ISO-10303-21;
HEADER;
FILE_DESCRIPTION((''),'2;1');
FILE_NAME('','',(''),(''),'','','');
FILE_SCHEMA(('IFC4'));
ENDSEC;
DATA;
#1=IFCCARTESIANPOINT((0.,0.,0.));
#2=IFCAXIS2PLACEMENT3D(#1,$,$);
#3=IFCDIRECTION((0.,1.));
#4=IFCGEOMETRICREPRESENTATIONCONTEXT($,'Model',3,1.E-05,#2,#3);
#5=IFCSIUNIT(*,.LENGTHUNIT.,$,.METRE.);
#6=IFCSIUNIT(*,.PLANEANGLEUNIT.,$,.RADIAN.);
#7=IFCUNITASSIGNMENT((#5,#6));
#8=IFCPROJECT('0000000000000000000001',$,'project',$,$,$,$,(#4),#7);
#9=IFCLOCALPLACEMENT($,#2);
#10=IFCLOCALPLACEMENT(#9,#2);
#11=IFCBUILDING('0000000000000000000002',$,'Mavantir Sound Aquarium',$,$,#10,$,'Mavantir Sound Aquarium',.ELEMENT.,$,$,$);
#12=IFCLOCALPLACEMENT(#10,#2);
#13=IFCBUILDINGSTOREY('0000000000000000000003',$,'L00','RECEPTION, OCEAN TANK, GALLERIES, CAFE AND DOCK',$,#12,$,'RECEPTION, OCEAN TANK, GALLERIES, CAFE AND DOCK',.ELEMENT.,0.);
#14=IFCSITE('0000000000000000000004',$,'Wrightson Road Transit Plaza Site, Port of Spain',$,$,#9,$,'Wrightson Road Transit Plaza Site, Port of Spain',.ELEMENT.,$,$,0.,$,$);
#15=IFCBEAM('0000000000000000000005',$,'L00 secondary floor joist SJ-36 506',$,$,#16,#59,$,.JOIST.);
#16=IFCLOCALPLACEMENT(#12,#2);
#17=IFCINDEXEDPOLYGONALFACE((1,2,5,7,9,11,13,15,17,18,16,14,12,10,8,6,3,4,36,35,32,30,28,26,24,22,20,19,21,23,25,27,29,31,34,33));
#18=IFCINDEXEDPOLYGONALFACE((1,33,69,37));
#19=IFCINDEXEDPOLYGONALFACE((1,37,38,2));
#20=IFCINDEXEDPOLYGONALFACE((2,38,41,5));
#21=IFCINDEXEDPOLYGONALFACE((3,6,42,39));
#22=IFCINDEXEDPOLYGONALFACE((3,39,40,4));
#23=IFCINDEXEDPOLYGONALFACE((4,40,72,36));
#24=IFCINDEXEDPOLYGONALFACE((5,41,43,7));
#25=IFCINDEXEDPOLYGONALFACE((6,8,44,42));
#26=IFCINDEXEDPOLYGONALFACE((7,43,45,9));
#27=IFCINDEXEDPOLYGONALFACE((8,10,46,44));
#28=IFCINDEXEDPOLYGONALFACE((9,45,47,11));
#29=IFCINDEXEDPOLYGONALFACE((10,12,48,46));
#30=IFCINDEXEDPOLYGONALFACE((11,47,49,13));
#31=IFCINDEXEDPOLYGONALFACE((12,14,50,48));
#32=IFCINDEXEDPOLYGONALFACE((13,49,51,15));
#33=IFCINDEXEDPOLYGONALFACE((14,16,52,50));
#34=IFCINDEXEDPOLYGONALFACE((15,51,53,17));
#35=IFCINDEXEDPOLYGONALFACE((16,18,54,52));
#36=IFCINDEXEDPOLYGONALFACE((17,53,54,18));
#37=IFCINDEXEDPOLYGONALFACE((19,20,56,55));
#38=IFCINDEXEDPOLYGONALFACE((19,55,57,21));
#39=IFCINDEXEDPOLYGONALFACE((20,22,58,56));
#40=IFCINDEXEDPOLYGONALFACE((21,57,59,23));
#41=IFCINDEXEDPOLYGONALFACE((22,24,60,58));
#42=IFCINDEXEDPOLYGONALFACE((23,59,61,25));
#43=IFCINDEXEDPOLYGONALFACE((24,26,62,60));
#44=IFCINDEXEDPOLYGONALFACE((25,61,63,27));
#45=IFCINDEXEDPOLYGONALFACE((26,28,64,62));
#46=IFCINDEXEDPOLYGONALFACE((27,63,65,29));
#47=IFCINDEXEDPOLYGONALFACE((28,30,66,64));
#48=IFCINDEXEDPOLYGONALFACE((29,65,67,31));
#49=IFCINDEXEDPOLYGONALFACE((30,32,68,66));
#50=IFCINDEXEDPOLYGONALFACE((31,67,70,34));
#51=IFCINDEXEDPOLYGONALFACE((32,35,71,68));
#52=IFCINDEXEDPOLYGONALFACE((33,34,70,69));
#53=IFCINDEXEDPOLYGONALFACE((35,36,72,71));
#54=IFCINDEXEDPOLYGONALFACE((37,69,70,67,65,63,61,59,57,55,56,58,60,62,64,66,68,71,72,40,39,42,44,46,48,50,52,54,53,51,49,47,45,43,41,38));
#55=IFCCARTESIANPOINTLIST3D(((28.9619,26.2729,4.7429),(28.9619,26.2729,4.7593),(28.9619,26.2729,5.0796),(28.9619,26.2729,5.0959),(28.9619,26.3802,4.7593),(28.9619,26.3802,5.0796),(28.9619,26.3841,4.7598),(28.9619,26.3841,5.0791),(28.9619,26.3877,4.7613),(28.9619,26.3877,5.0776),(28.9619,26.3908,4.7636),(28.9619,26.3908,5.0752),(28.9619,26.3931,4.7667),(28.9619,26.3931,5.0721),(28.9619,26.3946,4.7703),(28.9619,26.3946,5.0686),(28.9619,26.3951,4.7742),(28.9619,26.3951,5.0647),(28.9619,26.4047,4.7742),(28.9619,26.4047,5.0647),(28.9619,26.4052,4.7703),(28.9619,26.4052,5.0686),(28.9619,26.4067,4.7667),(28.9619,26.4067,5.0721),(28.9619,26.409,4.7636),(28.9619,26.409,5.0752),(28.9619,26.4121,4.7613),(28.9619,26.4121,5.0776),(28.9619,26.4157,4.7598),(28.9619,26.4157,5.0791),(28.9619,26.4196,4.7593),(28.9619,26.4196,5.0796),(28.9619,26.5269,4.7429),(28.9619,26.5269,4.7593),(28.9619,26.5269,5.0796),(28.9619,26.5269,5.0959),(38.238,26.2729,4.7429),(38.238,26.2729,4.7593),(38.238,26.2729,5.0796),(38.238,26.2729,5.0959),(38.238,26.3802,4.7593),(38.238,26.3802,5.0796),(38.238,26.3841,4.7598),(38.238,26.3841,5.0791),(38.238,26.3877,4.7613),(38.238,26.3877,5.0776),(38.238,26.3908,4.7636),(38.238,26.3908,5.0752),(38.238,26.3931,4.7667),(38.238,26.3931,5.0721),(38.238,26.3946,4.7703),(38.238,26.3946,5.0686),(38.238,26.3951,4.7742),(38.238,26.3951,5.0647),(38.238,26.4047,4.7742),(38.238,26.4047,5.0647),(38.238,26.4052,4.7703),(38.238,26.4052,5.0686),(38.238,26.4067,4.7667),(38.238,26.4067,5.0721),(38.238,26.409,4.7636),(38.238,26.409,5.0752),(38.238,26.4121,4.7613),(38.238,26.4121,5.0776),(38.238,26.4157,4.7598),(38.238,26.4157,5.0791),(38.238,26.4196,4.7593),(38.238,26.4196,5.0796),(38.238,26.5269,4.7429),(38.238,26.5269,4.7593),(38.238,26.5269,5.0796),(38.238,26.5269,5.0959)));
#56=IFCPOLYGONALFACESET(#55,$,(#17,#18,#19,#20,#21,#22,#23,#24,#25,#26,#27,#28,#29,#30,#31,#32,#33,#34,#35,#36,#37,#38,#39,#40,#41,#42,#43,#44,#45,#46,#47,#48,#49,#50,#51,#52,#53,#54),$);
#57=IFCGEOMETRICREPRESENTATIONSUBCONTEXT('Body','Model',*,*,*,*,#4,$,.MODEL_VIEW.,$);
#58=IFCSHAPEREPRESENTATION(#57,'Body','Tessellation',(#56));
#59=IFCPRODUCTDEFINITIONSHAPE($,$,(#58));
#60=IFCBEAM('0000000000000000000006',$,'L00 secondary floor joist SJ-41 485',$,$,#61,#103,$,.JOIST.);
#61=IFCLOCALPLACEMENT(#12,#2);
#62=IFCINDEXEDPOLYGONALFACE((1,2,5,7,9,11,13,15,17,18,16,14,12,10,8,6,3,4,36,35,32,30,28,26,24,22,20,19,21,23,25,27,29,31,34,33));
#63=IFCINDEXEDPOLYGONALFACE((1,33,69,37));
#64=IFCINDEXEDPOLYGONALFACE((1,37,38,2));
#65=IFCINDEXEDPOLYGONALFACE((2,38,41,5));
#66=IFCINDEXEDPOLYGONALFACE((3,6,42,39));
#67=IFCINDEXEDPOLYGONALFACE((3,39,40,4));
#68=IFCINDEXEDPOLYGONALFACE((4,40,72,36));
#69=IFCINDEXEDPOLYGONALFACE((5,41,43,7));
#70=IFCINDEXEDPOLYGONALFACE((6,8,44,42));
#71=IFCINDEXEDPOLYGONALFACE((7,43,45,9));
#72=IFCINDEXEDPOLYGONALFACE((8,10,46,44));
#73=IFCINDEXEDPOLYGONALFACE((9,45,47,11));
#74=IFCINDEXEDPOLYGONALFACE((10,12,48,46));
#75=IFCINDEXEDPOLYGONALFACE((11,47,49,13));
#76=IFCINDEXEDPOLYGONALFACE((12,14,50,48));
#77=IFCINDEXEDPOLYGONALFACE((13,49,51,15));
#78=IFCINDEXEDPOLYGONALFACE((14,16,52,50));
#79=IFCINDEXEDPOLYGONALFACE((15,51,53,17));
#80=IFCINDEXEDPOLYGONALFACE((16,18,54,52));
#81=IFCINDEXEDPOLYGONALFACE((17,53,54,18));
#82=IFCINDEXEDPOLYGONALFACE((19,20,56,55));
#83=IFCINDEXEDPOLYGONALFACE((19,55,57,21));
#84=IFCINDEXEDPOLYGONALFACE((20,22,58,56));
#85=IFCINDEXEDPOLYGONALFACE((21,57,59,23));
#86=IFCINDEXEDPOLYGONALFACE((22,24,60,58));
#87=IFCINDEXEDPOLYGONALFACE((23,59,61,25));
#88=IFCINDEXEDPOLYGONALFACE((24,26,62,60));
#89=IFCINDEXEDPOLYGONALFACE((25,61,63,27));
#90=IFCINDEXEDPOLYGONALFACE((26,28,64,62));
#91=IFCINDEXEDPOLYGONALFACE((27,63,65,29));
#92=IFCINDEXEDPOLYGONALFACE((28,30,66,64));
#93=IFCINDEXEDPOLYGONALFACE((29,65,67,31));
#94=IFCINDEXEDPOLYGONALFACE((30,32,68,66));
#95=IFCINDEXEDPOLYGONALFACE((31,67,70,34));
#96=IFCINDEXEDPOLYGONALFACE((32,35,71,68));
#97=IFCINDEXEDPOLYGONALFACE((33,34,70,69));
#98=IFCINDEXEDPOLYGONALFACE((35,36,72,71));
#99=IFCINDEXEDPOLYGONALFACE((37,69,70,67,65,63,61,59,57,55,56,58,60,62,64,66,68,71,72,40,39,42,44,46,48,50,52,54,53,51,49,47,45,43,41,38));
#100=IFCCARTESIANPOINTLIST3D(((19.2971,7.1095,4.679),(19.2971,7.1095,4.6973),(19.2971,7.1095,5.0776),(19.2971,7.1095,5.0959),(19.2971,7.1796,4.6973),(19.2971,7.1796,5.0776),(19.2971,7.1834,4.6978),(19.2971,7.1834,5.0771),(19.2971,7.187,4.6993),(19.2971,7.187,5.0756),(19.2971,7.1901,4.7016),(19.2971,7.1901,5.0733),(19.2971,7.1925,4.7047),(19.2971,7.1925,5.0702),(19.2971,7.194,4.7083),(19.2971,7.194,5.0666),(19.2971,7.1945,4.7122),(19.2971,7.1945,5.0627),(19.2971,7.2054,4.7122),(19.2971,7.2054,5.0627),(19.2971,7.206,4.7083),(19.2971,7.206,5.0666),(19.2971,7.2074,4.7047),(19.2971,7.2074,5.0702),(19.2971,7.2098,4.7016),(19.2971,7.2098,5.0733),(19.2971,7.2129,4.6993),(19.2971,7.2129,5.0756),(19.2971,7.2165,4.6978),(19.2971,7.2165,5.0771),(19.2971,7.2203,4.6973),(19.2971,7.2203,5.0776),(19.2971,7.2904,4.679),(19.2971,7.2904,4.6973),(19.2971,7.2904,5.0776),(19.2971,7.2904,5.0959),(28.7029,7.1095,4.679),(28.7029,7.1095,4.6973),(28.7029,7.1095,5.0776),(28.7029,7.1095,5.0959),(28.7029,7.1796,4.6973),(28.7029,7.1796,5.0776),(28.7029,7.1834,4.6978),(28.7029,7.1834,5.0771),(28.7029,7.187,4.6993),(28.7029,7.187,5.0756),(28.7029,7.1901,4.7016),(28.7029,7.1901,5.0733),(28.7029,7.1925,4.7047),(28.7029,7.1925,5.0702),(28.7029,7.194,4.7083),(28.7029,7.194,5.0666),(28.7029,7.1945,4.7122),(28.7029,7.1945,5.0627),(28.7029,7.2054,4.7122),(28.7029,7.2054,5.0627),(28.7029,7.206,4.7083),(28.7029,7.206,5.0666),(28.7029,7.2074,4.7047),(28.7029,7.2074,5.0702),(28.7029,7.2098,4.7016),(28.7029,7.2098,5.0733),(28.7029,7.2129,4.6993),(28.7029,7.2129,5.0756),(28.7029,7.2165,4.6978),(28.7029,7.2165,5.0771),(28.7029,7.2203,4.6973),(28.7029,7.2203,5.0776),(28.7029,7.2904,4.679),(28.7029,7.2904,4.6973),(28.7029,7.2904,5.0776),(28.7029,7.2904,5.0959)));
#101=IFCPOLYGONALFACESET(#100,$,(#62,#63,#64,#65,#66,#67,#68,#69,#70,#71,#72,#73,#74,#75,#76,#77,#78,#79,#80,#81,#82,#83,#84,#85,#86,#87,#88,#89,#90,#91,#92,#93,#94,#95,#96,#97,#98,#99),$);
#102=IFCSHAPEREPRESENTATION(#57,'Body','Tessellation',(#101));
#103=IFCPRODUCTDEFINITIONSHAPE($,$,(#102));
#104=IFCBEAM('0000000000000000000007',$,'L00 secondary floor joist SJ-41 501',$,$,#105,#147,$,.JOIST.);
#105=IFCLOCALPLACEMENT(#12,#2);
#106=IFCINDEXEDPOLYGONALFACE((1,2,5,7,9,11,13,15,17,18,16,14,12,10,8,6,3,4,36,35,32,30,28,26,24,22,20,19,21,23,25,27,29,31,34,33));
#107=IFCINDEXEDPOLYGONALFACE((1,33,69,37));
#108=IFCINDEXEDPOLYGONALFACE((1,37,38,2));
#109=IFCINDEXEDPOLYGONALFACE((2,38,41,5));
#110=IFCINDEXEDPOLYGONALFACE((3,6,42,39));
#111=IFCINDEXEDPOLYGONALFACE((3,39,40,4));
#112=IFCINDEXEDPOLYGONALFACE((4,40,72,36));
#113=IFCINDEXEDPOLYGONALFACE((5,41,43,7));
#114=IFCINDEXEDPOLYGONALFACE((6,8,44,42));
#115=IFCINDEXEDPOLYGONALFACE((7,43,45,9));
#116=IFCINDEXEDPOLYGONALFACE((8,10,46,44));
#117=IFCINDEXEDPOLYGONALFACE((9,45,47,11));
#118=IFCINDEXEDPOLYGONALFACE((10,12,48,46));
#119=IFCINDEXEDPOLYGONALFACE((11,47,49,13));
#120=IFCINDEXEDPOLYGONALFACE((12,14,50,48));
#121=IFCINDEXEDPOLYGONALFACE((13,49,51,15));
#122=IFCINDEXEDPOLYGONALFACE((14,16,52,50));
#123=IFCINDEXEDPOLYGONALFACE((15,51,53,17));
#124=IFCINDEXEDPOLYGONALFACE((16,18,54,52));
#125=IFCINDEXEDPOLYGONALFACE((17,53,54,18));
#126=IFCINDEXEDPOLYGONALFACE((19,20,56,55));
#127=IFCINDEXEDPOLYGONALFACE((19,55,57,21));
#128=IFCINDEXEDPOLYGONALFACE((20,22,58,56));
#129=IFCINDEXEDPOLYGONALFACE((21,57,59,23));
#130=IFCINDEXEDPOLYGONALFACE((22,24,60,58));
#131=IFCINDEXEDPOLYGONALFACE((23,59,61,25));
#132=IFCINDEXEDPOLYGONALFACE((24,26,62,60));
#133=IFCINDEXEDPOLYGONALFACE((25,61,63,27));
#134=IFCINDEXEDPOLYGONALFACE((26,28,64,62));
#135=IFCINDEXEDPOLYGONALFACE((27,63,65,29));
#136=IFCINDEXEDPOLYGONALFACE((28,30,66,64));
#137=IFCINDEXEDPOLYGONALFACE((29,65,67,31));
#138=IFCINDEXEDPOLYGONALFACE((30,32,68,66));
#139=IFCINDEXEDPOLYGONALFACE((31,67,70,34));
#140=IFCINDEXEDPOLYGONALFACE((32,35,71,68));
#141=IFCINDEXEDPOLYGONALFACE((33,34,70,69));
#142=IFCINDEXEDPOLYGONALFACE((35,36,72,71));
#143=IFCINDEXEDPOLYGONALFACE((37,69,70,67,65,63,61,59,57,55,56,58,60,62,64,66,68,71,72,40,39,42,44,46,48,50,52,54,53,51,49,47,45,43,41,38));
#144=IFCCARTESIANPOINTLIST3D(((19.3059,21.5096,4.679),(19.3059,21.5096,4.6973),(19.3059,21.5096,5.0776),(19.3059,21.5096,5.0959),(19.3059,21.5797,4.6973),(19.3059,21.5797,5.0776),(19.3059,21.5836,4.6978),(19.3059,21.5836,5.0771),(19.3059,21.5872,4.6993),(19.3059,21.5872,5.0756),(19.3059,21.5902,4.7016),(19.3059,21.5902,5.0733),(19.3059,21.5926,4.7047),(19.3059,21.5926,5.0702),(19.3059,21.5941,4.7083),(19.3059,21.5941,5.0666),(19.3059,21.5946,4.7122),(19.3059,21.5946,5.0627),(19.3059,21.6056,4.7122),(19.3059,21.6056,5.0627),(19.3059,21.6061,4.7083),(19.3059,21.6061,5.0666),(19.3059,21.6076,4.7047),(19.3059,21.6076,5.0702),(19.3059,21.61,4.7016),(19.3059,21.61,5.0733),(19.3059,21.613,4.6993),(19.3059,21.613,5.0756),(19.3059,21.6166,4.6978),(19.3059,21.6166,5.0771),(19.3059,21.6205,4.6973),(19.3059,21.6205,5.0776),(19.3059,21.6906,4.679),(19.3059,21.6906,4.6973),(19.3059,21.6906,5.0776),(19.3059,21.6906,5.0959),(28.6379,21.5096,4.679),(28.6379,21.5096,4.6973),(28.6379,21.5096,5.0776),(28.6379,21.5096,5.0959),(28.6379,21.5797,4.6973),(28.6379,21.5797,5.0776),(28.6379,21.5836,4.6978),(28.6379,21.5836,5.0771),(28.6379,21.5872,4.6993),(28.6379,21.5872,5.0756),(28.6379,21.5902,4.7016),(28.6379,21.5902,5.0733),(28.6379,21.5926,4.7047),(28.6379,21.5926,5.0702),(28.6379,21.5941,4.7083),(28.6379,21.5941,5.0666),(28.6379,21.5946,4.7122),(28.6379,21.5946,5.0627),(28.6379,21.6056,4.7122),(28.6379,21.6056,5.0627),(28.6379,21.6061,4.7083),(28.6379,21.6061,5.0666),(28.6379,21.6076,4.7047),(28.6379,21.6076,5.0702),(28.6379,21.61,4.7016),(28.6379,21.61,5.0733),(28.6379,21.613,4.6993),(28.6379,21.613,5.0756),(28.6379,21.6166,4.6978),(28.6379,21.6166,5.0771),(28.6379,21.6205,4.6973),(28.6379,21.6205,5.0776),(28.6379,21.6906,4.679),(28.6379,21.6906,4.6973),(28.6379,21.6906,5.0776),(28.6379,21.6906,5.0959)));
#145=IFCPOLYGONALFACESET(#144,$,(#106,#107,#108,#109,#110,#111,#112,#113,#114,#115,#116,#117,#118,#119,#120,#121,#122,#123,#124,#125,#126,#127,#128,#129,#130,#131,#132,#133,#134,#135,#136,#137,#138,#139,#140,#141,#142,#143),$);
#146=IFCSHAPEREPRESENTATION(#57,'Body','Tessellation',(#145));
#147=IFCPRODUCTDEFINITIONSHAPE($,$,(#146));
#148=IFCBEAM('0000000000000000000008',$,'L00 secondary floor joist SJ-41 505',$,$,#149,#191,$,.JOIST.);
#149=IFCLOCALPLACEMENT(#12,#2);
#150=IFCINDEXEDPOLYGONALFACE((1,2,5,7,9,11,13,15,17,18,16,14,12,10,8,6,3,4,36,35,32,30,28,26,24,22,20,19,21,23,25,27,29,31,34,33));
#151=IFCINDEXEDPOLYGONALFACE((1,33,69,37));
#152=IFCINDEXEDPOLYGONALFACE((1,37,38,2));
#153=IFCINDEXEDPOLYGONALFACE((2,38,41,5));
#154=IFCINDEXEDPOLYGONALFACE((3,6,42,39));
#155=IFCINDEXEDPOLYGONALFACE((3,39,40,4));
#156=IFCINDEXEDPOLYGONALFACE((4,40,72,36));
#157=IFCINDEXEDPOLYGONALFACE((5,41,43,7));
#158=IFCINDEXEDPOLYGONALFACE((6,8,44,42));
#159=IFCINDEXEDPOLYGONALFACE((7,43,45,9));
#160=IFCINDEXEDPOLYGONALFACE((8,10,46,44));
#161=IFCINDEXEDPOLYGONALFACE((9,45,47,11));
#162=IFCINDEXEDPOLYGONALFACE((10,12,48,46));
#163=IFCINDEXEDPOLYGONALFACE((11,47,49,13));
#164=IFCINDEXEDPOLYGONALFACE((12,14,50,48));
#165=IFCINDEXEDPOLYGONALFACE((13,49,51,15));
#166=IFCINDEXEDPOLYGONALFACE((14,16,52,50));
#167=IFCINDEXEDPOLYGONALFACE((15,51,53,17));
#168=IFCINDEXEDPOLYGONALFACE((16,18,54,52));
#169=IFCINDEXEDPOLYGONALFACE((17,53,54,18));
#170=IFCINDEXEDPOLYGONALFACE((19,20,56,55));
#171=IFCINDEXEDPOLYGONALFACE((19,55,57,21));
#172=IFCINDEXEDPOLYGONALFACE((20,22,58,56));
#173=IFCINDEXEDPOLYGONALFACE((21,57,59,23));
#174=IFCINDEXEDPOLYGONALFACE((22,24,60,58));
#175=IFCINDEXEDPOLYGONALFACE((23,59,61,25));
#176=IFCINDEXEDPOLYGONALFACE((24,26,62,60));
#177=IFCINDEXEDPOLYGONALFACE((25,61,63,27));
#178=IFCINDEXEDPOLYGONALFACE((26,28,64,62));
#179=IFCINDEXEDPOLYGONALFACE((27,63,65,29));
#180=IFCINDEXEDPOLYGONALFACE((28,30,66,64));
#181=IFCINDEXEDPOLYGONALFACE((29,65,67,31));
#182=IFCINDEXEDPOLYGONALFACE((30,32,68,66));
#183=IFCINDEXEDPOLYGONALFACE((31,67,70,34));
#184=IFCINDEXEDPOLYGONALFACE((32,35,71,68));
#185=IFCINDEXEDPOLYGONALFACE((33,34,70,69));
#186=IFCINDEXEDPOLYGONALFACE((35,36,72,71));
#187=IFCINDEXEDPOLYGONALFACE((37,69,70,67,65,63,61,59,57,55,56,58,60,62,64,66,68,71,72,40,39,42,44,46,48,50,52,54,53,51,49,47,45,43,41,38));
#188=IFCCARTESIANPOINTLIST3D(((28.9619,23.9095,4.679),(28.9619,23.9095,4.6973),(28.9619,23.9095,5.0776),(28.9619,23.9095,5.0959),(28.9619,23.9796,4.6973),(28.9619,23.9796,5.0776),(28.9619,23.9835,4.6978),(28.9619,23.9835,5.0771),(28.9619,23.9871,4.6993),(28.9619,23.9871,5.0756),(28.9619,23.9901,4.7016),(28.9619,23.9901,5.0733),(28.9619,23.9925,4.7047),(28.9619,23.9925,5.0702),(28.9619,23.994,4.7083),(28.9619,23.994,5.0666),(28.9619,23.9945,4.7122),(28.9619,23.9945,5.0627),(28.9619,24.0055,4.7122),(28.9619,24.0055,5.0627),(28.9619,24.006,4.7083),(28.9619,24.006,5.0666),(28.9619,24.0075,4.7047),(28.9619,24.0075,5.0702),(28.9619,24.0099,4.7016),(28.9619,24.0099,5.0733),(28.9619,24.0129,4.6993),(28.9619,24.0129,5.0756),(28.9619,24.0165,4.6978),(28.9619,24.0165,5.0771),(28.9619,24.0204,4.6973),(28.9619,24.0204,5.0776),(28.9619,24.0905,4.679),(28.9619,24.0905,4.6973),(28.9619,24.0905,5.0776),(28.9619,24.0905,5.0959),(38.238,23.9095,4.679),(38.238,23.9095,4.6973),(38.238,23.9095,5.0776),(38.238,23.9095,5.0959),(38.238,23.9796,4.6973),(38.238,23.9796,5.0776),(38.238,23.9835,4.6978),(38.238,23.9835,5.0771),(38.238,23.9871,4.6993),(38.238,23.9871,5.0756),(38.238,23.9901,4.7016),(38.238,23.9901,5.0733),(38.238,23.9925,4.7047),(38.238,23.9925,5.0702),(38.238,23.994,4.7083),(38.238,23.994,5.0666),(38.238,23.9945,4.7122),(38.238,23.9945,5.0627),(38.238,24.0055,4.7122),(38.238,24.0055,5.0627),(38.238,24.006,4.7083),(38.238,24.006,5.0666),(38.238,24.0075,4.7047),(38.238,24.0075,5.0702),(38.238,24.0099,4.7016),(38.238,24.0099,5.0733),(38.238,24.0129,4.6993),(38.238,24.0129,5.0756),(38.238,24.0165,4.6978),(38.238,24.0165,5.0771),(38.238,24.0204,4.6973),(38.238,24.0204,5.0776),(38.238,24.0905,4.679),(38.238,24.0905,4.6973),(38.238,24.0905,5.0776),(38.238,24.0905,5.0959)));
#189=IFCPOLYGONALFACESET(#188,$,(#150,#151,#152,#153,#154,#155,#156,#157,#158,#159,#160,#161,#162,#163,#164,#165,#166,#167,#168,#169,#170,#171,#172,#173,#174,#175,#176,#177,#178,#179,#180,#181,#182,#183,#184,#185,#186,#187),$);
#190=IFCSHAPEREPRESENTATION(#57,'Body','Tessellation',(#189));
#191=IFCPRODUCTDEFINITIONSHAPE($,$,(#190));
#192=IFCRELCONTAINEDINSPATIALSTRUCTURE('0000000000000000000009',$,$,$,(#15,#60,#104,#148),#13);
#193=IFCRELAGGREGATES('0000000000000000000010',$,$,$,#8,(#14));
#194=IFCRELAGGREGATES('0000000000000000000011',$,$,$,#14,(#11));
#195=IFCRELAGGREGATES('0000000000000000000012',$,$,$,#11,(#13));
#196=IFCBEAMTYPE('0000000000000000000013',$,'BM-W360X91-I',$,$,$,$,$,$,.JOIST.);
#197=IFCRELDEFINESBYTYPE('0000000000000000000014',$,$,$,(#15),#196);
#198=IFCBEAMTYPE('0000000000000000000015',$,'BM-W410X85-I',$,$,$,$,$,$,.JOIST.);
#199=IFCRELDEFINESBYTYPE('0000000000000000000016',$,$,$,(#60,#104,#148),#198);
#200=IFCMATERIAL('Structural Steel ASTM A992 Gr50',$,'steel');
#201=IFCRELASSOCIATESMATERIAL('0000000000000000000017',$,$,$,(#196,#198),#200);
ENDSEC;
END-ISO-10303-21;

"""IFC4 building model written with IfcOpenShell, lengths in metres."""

from ifc_helpers import new_model, si_unit, direction, frame, origin, origin_2d, place, context, subcontext, project, spatial, i_section, extrude, material, material_profile, profile_set, type_object, element, save


model = new_model("IFC4")

# Units and contexts
model_context = context("Model", 3, precision=1e-05, world=origin(), true_north=direction((0.0, 1.0)))
body_context = subcontext(model_context, "Body", "Model", "MODEL_VIEW")
ifc_project = project(units=[si_unit("LENGTHUNIT", "METRE"), si_unit("PLANEANGLEUNIT", "RADIAN")], contexts=[model_context])

# Site, building, storey
site_placement = place(None, origin())
site = spatial("IfcSite", under=ifc_project, at=site_placement, Name="Wrightson Road Transit Plaza Site, Port of Spain", LongName="Wrightson Road Transit Plaza Site, Port of Spain", CompositionType="ELEMENT", RefElevation=0.0)
building_placement = place(site_placement, origin())
building = spatial("IfcBuilding", under=site, at=building_placement, Name="Mavantir Sound Aquarium", LongName="Mavantir Sound Aquarium", CompositionType="ELEMENT")
storey_placement = place(building_placement, origin())
storey = spatial("IfcBuildingStorey", under=building, at=storey_placement, Name="L00", Description="RECEPTION, OCEAN TANK, GALLERIES, CAFE AND DOCK", LongName="RECEPTION, OCEAN TANK, GALLERIES, CAFE AND DOCK", CompositionType="ELEMENT", Elevation=0.0)

# Beams
ifc_material_1 = material(Name="Structural Steel ASTM A992 Gr50", Category="steel")
ifc_material_profile_1 = material_profile(ifc_material_1, i_section(OverallWidth=0.2539, OverallDepth=0.353, WebThickness=0.0095, FlangeThickness=0.0164, FilletRadius=0.0149, at=origin_2d()), Name="W360X91")
ifc_profile_set_1 = profile_set([ifc_material_profile_1], Name="Structural Steel ASTM A992 Gr50")
beam_type_1 = type_object("IfcBeamType", Name="BM-W360X91-I", PredefinedType="JOIST", material=ifc_profile_set_1)
beam_1_placement = place(storey_placement, frame((28.9619, 26.3999, 4.9194), z_axis=(1.0, 0.0, 0.0), x_axis=(0.0, 1.0, 0.0)))
element("IfcBeam", 1, at=beam_1_placement, inside=storey, type_object=beam_type_1, Name="L00 secondary floor joist SJ-36 506", PredefinedType="JOIST", context=body_context, shape_type="SweptSolid", body=[
    extrude(i_section(OverallWidth=0.2539, OverallDepth=0.353, WebThickness=0.0095, FlangeThickness=0.0164, FilletRadius=0.0149, at=origin_2d()), origin(), (0.0, 0.0, 1.0), 9.2761),
])
ifc_material_profile_2 = material_profile(ifc_material_1, i_section(OverallWidth=0.1809, OverallDepth=0.417, WebThickness=0.011, FlangeThickness=0.0183, FilletRadius=0.0149, at=origin_2d()), Name="W410X85")
ifc_profile_set_2 = profile_set([ifc_material_profile_2], Name="Structural Steel ASTM A992 Gr50")
beam_type_2 = type_object("IfcBeamType", Name="BM-W410X85-I", PredefinedType="JOIST", material=ifc_profile_set_2)
beam_2_placement = place(storey_placement, frame((19.2971, 7.2, 4.8875), z_axis=(1.0, 0.0, 0.0), x_axis=(0.0, 1.0, 0.0)))
element("IfcBeam", 2, at=beam_2_placement, inside=storey, type_object=beam_type_2, Name="L00 secondary floor joist SJ-41 485", PredefinedType="JOIST", context=body_context, shape_type="SweptSolid", body=[
    extrude(i_section(OverallWidth=0.1809, OverallDepth=0.417, WebThickness=0.011, FlangeThickness=0.0183, FilletRadius=0.0149, at=origin_2d()), origin(), (0.0, 0.0, 1.0), 9.4058),
])
beam_3_placement = place(storey_placement, frame((19.3059, 21.6001, 4.8875), z_axis=(1.0, 0.0, 0.0), x_axis=(0.0, 1.0, 0.0)))
element("IfcBeam", 3, at=beam_3_placement, inside=storey, type_object=beam_type_2, Name="L00 secondary floor joist SJ-41 501", PredefinedType="JOIST", context=body_context, shape_type="SweptSolid", body=[
    extrude(i_section(OverallWidth=0.1809, OverallDepth=0.417, WebThickness=0.011, FlangeThickness=0.0183, FilletRadius=0.0149, at=origin_2d()), origin(), (0.0, 0.0, 1.0), 9.332),
])
beam_4_placement = place(storey_placement, frame((28.9619, 24.0, 4.8875), z_axis=(1.0, 0.0, 0.0), x_axis=(0.0, 1.0, 0.0)))
element("IfcBeam", 4, at=beam_4_placement, inside=storey, type_object=beam_type_2, Name="L00 secondary floor joist SJ-41 505", PredefinedType="JOIST", context=body_context, shape_type="SweptSolid", body=[
    extrude(i_section(OverallWidth=0.1809, OverallDepth=0.417, WebThickness=0.011, FlangeThickness=0.0183, FilletRadius=0.0149, at=origin_2d()), origin(), (0.0, 0.0, 1.0), 9.2761),
])

save(model, "model.ifc")
